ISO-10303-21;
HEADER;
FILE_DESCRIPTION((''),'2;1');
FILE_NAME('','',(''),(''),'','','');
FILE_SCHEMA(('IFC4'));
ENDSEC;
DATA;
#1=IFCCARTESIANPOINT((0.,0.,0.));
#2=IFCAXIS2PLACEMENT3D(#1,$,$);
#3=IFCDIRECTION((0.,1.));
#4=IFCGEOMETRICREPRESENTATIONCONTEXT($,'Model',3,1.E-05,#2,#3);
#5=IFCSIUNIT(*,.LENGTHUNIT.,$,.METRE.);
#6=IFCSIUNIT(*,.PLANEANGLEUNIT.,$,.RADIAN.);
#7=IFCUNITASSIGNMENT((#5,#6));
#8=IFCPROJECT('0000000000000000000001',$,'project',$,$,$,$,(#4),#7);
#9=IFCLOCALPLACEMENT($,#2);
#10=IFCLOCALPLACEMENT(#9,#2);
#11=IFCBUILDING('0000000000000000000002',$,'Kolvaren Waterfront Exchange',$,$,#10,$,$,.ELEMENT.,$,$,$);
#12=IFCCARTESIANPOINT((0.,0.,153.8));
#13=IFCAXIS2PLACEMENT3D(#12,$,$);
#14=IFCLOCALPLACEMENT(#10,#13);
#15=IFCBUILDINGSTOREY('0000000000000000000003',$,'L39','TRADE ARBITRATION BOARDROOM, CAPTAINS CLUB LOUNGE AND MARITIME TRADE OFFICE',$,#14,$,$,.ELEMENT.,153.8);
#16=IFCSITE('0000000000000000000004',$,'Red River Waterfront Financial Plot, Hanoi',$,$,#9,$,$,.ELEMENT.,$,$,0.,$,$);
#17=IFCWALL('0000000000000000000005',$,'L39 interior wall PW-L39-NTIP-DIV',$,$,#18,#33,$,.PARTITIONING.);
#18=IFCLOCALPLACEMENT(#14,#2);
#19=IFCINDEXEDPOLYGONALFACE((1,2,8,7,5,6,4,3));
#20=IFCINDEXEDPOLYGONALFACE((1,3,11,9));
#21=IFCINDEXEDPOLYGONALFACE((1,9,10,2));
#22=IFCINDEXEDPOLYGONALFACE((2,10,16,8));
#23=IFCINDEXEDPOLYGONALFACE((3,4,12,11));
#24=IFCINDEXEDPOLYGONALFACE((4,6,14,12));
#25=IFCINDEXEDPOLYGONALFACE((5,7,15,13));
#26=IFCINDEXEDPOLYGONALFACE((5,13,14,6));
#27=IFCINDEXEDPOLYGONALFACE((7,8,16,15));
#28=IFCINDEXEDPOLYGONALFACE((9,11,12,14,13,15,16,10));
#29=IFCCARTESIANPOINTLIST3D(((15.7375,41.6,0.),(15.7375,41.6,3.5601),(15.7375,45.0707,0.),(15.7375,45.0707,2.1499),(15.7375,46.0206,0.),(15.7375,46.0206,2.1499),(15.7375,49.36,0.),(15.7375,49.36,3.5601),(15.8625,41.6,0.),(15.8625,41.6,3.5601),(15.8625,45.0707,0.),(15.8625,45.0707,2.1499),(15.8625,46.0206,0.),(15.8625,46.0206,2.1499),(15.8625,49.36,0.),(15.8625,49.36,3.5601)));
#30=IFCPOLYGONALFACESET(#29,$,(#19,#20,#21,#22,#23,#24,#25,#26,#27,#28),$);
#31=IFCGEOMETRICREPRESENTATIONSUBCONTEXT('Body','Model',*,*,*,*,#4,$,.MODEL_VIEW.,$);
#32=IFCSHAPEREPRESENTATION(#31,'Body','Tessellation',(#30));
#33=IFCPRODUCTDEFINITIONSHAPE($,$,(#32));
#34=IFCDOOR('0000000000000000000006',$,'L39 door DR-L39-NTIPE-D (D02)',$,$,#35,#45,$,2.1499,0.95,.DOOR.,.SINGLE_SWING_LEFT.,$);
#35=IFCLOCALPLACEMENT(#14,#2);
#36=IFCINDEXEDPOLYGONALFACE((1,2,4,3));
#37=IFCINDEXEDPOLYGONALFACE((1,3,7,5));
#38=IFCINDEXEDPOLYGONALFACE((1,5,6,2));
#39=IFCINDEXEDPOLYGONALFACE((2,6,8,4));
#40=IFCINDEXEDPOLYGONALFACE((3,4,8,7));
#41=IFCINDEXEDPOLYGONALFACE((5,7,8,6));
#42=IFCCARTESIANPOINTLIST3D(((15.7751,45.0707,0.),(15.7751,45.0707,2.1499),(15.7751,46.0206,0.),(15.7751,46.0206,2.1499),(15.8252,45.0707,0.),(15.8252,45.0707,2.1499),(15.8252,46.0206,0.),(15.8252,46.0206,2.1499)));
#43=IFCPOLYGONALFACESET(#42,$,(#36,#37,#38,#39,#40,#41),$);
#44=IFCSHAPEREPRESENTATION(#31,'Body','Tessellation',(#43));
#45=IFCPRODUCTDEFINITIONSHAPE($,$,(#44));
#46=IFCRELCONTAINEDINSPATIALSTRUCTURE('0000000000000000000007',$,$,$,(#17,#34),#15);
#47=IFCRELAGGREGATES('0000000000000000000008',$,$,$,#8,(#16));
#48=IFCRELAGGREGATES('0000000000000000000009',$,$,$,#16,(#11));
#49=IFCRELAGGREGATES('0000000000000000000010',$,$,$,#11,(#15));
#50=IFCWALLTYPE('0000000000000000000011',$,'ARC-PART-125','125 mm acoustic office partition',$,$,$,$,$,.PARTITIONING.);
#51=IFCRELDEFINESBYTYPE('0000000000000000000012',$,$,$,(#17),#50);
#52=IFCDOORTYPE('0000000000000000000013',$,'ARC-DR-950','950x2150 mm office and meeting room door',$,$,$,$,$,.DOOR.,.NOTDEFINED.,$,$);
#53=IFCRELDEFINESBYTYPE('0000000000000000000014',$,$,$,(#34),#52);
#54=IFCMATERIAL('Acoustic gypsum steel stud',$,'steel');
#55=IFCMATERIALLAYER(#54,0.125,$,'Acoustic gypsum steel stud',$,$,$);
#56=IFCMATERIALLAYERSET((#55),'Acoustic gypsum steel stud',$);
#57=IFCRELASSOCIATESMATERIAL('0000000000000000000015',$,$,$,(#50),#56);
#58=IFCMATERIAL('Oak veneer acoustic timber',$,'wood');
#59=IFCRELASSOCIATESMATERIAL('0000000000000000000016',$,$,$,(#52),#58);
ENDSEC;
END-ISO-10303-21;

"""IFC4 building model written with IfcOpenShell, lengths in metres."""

from ifc_helpers import new_model, si_unit, direction, frame, frame_2d, origin, place, context, subcontext, project, spatial, rectangle, extrude, material, layer, layer_set, type_object, element, fill, save


model = new_model("IFC4")

# Units and contexts
model_context = context("Model", 3, precision=1e-05, world=origin(), true_north=direction((0.0, 1.0)))
body_context = subcontext(model_context, "Body", "Model", "MODEL_VIEW")
ifc_project = project(units=[si_unit("LENGTHUNIT", "METRE"), si_unit("PLANEANGLEUNIT", "RADIAN")], contexts=[model_context])

# Site, building, storey
site_placement = place(None, origin())
site = spatial("IfcSite", under=ifc_project, at=site_placement, Name="Red River Waterfront Financial Plot, Hanoi", CompositionType="ELEMENT", RefElevation=0.0)
building_placement = place(site_placement, origin())
building = spatial("IfcBuilding", under=site, at=building_placement, Name="Kolvaren Waterfront Exchange", CompositionType="ELEMENT")
storey_placement = place(building_placement, frame((0.0, 0.0, 153.8)))
storey = spatial("IfcBuildingStorey", under=building, at=storey_placement, Name="L39", Description="TRADE ARBITRATION BOARDROOM, CAPTAINS CLUB LOUNGE AND MARITIME TRADE OFFICE", CompositionType="ELEMENT", Elevation=153.8)

# Wall, opening, door
ifc_material_1 = material(Name="Acoustic gypsum steel stud", Category="steel")
ifc_layer_1 = layer(ifc_material_1, 0.125, Name="Acoustic gypsum steel stud")
ifc_layer_set_1 = layer_set([ifc_layer_1], Name="Acoustic gypsum steel stud")
wall_type_1 = type_object("IfcWallType", Name="ARC-PART-125", Description="125 mm acoustic office partition", PredefinedType="PARTITIONING", material=ifc_layer_set_1)
wall_1_placement = place(storey_placement, frame((15.8, 41.6001, 0.0), z_axis=(0.0, 0.0, 1.0), x_axis=(0.0, 1.0, 0.0)))
wall_1 = element("IfcWall", 1, at=wall_1_placement, inside=storey, type_object=wall_type_1, Name="L39 interior wall PW-L39-NTIP-DIV", PredefinedType="PARTITIONING", context=body_context, shape_type="SweptSolid", body=[
    extrude(rectangle(XDim=7.76, YDim=0.125, at=frame_2d((3.8799, 0.0))), origin(), (0.0, 0.0, 1.0), 3.5601),
])
opening_1_placement = place(wall_1_placement, frame((3.4705, 0.0, 0.0)))
opening_1 = element("IfcOpeningElement", 2, at=opening_1_placement, cuts=wall_1, PredefinedType="OPENING", context=body_context, shape_type="SweptSolid", body=[
    extrude(rectangle(XDim=0.95, YDim=2.1499, at=frame_2d((0.4751, 1.075))), frame((0.0, 0.0725, 0.0), z_axis=(0.0, -1.0, 0.0), x_axis=(1.0, 0.0, 0.0)), (0.0, 0.0, 1.0), 0.145),
])
ifc_material_2 = material(Name="Oak veneer acoustic timber", Category="wood")
door_type_1 = type_object("IfcDoorType", Name="ARC-DR-950", Description="950x2150 mm office and meeting room door", OperationType="NOTDEFINED", PredefinedType="DOOR", material=ifc_material_2)
door_1_placement = place(opening_1_placement, origin())
door_1 = element("IfcDoor", 3, at=door_1_placement, inside=storey, type_object=door_type_1, Name="L39 door DR-L39-NTIPE-D (D02)", OperationType="SINGLE_SWING_LEFT", OverallHeight=2.1499, OverallWidth=0.95, PredefinedType="DOOR", context=body_context, shape_type="SweptSolid", body=[
    extrude(rectangle(XDim=0.95, YDim=2.1499, at=frame_2d((0.4751, 1.075))), frame((0.0, 0.0249, 0.0), z_axis=(0.0, -1.0, 0.0), x_axis=(1.0, 0.0, 0.0)), (0.0, 0.0, 1.0), 0.05),
])
fill(opening_1, door_1)

save(model, "model.ifc")
